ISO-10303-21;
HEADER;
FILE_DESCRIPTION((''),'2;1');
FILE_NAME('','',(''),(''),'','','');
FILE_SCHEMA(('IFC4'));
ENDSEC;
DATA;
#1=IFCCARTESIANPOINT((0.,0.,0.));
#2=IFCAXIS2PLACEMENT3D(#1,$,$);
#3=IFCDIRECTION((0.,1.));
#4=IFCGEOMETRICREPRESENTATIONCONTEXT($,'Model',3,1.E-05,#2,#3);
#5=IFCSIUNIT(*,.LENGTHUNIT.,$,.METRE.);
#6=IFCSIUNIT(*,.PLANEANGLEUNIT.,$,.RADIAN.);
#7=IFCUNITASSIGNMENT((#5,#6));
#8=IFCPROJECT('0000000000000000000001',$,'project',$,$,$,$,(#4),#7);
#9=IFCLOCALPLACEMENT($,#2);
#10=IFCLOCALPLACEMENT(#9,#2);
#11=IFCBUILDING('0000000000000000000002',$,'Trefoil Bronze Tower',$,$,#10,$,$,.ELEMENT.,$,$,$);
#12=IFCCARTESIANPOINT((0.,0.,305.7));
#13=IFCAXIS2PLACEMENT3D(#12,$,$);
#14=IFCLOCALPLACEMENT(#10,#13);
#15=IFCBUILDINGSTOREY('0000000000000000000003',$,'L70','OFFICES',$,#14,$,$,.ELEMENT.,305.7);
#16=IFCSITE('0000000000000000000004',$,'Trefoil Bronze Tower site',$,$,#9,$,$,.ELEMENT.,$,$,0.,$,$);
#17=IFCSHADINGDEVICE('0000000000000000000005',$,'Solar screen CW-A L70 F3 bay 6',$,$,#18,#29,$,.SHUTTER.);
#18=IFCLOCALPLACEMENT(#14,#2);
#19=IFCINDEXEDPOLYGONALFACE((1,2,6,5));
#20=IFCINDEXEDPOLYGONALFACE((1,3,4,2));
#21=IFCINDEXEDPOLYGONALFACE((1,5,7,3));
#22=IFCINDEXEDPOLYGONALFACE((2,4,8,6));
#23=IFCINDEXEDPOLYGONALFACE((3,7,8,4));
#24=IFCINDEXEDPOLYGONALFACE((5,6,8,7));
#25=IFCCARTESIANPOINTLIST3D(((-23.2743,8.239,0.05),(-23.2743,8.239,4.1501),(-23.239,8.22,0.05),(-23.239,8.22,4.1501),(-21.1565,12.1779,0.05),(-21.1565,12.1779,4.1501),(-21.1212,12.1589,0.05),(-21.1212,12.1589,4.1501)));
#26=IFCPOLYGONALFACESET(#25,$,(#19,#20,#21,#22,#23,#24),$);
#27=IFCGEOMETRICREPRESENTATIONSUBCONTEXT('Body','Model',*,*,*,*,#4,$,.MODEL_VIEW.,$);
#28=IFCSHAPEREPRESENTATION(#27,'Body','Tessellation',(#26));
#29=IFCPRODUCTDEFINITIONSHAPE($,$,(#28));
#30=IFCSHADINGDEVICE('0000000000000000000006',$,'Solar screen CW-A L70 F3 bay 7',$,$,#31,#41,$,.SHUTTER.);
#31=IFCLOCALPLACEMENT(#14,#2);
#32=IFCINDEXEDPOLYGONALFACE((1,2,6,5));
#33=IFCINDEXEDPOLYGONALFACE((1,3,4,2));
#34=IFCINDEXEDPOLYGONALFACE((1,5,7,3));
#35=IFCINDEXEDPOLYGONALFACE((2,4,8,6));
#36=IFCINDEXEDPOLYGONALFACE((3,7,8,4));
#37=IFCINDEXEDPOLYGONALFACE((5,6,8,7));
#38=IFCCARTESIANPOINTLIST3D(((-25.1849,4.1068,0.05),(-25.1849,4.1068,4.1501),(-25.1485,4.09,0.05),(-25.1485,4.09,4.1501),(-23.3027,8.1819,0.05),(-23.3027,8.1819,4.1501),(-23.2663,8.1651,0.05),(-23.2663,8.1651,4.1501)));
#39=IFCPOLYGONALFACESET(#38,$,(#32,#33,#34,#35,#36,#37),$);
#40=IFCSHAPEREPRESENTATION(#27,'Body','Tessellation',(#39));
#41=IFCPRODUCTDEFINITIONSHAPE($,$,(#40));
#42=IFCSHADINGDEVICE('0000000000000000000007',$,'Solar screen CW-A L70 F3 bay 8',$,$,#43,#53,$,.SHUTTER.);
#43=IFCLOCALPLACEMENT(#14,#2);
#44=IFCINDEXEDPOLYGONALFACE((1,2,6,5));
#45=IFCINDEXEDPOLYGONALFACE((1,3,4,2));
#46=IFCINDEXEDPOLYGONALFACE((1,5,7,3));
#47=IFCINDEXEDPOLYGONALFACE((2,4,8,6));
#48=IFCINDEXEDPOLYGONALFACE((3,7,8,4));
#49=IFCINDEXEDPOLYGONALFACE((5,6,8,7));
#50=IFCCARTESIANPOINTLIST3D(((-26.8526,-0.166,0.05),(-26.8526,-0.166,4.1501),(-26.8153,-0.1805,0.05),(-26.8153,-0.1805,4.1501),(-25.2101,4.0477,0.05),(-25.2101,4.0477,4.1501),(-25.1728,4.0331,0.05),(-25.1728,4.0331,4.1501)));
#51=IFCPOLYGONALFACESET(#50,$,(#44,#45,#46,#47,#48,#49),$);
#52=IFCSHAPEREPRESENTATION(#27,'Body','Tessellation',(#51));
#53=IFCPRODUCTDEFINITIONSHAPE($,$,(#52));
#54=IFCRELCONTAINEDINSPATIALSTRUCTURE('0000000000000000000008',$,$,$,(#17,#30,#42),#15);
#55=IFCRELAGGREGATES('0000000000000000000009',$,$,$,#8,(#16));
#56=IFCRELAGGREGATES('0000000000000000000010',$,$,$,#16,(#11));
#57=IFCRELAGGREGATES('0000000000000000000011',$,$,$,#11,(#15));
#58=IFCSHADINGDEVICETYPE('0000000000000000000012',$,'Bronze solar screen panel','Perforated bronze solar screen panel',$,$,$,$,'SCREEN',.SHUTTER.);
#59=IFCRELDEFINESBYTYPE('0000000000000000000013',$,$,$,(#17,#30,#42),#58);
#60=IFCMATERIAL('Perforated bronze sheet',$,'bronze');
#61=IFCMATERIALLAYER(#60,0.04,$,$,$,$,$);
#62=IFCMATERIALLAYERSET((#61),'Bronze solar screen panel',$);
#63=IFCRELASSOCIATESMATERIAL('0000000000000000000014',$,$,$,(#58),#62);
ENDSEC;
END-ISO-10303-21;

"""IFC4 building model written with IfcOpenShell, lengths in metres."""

from ifc_helpers import new_model, si_unit, direction, frame, origin, origin_2d, place, context, subcontext, project, spatial, rectangle, extrude, material, layer, layer_set, type_object, element, save


model = new_model("IFC4")

# Units and contexts
model_context = context("Model", 3, precision=1e-05, world=origin(), true_north=direction((0.0, 1.0)))
body_context = subcontext(model_context, "Body", "Model", "MODEL_VIEW")
ifc_project = project(units=[si_unit("LENGTHUNIT", "METRE"), si_unit("PLANEANGLEUNIT", "RADIAN")], contexts=[model_context])

# Site, building, storey
site_placement = place(None, origin())
site = spatial("IfcSite", under=ifc_project, at=site_placement, Name="Trefoil Bronze Tower site", CompositionType="ELEMENT", RefElevation=0.0)
building_placement = place(site_placement, origin())
building = spatial("IfcBuilding", under=site, at=building_placement, Name="Trefoil Bronze Tower", CompositionType="ELEMENT")
storey_placement = place(building_placement, frame((0.0, 0.0, 305.7)))
storey = spatial("IfcBuildingStorey", under=building, at=storey_placement, Name="L70", Description="OFFICES", CompositionType="ELEMENT", Elevation=305.7)

# Shading devices
ifc_material_1 = material(Name="Perforated bronze sheet", Category="bronze")
ifc_layer_1 = layer(ifc_material_1, 0.04)
ifc_layer_set_1 = layer_set([ifc_layer_1], Name="Bronze solar screen panel")
shading_device_type = type_object("IfcShadingDeviceType", Name="Bronze solar screen panel", Description="Perforated bronze solar screen panel", ElementType="SCREEN", PredefinedType="SHUTTER", material=ifc_layer_set_1)
shading_device_1_placement = place(storey_placement, frame((-22.1978, 10.199, 0.05), z_axis=(0.0, 0.0, 1.0), x_axis=(-0.473562, -0.88076, 0.0)))
element("IfcShadingDevice", 1, at=shading_device_1_placement, inside=storey, type_object=shading_device_type, Name="Solar screen CW-A L70 F3 bay 6", PredefinedType="SHUTTER", context=body_context, shape_type="SweptSolid", body=[
    extrude(rectangle(XDim=4.4722, YDim=0.04, at=origin_2d()), origin(), (0.0, 0.0, 1.0), 4.1001),
])
shading_device_2_placement = place(storey_placement, frame((-24.2256, 6.136, 0.05), z_axis=(0.0, 0.0, 1.0), x_axis=(-0.419309, -0.907844, 0.0)))
element("IfcShadingDevice", 2, at=shading_device_2_placement, inside=storey, type_object=shading_device_type, Name="Solar screen CW-A L70 F3 bay 7", PredefinedType="SHUTTER", context=body_context, shape_type="SweptSolid", body=[
    extrude(rectangle(XDim=4.4888, YDim=0.04, at=origin_2d()), origin(), (0.0, 0.0, 1.0), 4.1001),
])
shading_device_3_placement = place(storey_placement, frame((-26.0127, 1.9336, 0.05), z_axis=(0.0, 0.0, 1.0), x_axis=(-0.363199, -0.931712, 0.0)))
element("IfcShadingDevice", 3, at=shading_device_3_placement, inside=storey, type_object=shading_device_type, Name="Solar screen CW-A L70 F3 bay 8", PredefinedType="SHUTTER", context=body_context, shape_type="SweptSolid", body=[
    extrude(rectangle(XDim=4.5225, YDim=0.04, at=origin_2d()), origin(), (0.0, 0.0, 1.0), 4.1001),
])

save(model, "model.ifc")
